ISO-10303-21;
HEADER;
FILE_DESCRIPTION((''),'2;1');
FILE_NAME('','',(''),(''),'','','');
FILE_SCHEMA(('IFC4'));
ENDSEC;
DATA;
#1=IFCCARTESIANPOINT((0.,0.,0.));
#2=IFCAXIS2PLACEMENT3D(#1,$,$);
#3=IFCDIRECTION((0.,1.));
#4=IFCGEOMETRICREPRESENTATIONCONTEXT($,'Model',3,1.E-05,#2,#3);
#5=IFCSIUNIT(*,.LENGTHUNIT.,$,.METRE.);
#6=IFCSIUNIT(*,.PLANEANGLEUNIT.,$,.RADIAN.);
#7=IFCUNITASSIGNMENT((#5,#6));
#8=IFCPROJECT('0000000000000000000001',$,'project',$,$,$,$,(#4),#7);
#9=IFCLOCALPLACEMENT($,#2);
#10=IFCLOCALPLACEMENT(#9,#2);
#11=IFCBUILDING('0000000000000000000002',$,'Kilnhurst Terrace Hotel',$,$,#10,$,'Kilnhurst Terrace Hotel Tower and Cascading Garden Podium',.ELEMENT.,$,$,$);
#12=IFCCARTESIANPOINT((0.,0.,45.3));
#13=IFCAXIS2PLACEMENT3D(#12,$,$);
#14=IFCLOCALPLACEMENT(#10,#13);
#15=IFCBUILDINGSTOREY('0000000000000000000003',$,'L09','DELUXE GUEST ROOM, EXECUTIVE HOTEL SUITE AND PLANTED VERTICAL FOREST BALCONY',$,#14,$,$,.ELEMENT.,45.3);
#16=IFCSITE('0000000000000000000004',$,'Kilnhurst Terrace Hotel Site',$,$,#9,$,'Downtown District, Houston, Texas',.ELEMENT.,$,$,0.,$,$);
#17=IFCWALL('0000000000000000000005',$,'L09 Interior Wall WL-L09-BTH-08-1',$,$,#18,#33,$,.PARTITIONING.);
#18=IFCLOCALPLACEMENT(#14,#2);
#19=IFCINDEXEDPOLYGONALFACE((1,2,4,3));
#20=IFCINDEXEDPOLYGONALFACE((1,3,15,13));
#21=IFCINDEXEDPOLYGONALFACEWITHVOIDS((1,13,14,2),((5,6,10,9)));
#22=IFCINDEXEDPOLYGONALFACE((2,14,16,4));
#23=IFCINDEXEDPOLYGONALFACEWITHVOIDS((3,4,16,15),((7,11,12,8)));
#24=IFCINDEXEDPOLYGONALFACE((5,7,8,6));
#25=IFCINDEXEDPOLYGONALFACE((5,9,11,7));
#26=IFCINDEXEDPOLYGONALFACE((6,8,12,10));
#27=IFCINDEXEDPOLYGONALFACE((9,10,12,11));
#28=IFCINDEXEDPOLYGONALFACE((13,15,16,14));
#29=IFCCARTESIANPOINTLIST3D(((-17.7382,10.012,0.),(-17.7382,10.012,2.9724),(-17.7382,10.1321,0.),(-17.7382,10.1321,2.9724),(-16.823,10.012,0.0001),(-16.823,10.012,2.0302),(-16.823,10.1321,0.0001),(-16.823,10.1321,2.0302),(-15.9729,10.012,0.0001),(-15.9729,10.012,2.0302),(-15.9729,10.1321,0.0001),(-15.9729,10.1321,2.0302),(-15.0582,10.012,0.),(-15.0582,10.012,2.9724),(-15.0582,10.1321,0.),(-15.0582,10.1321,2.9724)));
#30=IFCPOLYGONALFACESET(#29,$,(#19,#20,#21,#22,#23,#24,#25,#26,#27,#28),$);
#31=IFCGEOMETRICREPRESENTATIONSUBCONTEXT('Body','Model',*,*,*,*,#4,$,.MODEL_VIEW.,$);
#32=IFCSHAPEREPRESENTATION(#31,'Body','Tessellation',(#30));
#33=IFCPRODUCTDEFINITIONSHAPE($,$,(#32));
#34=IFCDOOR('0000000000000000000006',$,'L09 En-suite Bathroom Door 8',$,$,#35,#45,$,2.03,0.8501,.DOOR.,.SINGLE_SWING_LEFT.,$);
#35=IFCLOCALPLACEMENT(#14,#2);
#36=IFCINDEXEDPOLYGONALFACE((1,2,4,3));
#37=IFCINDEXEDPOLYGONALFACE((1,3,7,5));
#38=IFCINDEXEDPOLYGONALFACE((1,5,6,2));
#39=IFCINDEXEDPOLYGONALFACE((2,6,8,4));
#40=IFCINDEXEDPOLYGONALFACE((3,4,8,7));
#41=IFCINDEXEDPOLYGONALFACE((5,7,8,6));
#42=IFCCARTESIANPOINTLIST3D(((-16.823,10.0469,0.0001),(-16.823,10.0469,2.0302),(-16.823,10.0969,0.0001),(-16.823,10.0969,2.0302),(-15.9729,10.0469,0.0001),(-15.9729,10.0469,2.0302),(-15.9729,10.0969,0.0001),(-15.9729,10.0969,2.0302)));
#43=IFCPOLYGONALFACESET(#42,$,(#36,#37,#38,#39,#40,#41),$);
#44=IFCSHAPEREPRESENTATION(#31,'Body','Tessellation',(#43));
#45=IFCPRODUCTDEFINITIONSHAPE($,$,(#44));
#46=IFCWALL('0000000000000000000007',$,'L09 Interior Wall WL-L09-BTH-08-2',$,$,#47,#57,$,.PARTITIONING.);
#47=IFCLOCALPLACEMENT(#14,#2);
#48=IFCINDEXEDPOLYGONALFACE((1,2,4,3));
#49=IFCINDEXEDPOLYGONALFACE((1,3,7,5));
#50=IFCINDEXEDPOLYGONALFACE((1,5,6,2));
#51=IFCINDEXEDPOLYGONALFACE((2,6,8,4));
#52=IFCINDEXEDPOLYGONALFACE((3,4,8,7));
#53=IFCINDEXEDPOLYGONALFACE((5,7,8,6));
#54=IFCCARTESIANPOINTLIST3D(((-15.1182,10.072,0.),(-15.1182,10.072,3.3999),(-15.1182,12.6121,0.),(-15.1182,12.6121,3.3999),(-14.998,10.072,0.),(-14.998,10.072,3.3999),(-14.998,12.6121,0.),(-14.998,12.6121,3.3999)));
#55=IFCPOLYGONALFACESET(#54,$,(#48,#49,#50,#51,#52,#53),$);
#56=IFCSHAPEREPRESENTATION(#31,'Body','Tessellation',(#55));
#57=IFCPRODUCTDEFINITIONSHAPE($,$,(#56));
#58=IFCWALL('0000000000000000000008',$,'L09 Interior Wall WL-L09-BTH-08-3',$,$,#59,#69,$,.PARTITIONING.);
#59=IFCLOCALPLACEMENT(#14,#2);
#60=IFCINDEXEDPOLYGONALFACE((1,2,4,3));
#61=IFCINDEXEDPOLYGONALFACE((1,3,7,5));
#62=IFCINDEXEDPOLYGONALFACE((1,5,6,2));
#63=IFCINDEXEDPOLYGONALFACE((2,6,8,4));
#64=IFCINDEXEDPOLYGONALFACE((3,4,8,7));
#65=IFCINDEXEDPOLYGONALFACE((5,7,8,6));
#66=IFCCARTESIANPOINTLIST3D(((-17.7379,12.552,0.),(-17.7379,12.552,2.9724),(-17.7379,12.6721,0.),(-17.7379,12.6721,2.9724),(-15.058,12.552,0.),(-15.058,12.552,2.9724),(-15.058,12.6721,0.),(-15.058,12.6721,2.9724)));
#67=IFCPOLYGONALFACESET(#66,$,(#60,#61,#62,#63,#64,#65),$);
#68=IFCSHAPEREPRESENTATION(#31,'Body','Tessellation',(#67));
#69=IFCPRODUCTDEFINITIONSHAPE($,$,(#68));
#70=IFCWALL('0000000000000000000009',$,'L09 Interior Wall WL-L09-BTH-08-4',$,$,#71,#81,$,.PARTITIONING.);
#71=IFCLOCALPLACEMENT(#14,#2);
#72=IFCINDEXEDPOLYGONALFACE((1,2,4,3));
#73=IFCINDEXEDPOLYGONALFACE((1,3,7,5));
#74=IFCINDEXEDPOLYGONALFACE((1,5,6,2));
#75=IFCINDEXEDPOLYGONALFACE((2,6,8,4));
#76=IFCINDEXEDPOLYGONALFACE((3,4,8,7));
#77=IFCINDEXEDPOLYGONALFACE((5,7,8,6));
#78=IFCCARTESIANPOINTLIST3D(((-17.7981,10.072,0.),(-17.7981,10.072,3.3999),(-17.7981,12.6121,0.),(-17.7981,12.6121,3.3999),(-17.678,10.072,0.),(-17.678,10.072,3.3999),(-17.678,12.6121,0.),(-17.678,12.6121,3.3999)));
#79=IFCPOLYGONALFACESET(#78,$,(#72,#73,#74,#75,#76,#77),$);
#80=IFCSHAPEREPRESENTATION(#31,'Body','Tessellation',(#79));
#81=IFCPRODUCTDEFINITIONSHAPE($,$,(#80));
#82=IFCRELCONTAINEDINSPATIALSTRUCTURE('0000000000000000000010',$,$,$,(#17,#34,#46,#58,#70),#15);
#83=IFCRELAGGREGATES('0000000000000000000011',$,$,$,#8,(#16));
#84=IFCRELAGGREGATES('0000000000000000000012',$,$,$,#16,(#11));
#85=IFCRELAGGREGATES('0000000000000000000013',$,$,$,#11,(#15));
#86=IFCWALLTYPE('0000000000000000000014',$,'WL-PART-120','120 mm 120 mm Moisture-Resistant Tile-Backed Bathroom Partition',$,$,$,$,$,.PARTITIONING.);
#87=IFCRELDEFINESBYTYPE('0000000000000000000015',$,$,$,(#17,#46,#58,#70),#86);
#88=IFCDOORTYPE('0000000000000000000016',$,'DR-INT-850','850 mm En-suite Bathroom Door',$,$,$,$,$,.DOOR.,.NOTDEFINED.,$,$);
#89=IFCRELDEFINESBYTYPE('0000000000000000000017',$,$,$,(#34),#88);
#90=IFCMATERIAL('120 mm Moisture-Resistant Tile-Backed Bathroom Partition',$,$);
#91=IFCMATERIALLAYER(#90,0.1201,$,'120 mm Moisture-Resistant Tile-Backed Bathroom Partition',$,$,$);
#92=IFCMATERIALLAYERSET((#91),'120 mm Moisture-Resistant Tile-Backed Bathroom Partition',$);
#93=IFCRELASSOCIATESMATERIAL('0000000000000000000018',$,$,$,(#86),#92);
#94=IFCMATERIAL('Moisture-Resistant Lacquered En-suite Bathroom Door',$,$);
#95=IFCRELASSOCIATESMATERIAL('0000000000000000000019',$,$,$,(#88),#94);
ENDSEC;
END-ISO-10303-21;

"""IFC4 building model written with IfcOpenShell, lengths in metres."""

from ifc_helpers import new_model, si_unit, direction, frame, frame_2d, origin, place, context, subcontext, project, spatial, rectangle, extrude, material, layer, layer_set, type_object, element, fill, save


model = new_model("IFC4")

# Units and contexts
model_context = context("Model", 3, precision=1e-05, world=origin(), true_north=direction((0.0, 1.0)))
body_context = subcontext(model_context, "Body", "Model", "MODEL_VIEW")
ifc_project = project(units=[si_unit("LENGTHUNIT", "METRE"), si_unit("PLANEANGLEUNIT", "RADIAN")], contexts=[model_context])

# Site, building, storey
site_placement = place(None, origin())
site = spatial("IfcSite", under=ifc_project, at=site_placement, Name="Kilnhurst Terrace Hotel Site", LongName="Downtown District, Houston, Texas", CompositionType="ELEMENT", RefElevation=0.0)
building_placement = place(site_placement, origin())
building = spatial("IfcBuilding", under=site, at=building_placement, Name="Kilnhurst Terrace Hotel", LongName="Kilnhurst Terrace Hotel Tower and Cascading Garden Podium", CompositionType="ELEMENT")
storey_placement = place(building_placement, frame((0.0, 0.0, 45.3)))
storey = spatial("IfcBuildingStorey", under=building, at=storey_placement, Name="L09", Description="DELUXE GUEST ROOM, EXECUTIVE HOTEL SUITE AND PLANTED VERTICAL FOREST BALCONY", CompositionType="ELEMENT", Elevation=45.3)

# Wall, opening, door
ifc_material_1 = material(Name="120 mm Moisture-Resistant Tile-Backed Bathroom Partition")
ifc_layer_1 = layer(ifc_material_1, 0.1201, Name="120 mm Moisture-Resistant Tile-Backed Bathroom Partition")
ifc_layer_set_1 = layer_set([ifc_layer_1], Name="120 mm Moisture-Resistant Tile-Backed Bathroom Partition")
wall_type_1 = type_object("IfcWallType", Name="WL-PART-120", Description="120 mm 120 mm Moisture-Resistant Tile-Backed Bathroom Partition", PredefinedType="PARTITIONING", material=ifc_layer_set_1)
wall_1_placement = place(storey_placement, frame((-17.738, 10.072, 0.0), z_axis=(0.0, 0.0, 1.0), x_axis=(1.0, 0.0, 0.0)))
wall_1 = element("IfcWall", 1, at=wall_1_placement, inside=storey, type_object=wall_type_1, Name="L09 Interior Wall WL-L09-BTH-08-1", PredefinedType="PARTITIONING", context=body_context, shape_type="SweptSolid", body=[
    extrude(rectangle(XDim=2.6799, YDim=0.1201, at=frame_2d((1.3398, 0.0))), origin(), (0.0, 0.0, 1.0), 2.9724),
])
opening_1_placement = place(wall_1_placement, frame((0.915, 0.0, 0.0)))
opening_1 = element("IfcOpeningElement", 2, at=opening_1_placement, cuts=wall_1, PredefinedType="OPENING", context=body_context, shape_type="SweptSolid", body=[
    extrude(rectangle(XDim=0.8501, YDim=2.03, at=frame_2d((0.425, 1.0151))), frame((0.0, 0.0701, 0.0), z_axis=(0.0, -1.0, 0.0), x_axis=(1.0, 0.0, 0.0)), (0.0, 0.0, 1.0), 0.1401),
])
ifc_material_2 = material(Name="Moisture-Resistant Lacquered En-suite Bathroom Door")
door_type_1 = type_object("IfcDoorType", Name="DR-INT-850", Description="850 mm En-suite Bathroom Door", OperationType="NOTDEFINED", PredefinedType="DOOR", material=ifc_material_2)
door_1_placement = place(opening_1_placement, origin())
door_1 = element("IfcDoor", 3, at=door_1_placement, inside=storey, type_object=door_type_1, Name="L09 En-suite Bathroom Door 8", OperationType="SINGLE_SWING_LEFT", OverallHeight=2.03, OverallWidth=0.8501, PredefinedType="DOOR", context=body_context, shape_type="SweptSolid", body=[
    extrude(rectangle(XDim=0.8501, YDim=2.03, at=frame_2d((0.425, 1.0151))), frame((0.0, 0.0249, 0.0), z_axis=(0.0, -1.0, 0.0), x_axis=(1.0, 0.0, 0.0)), (0.0, 0.0, 1.0), 0.05),
])
fill(opening_1, door_1)

# Walls
wall_2_placement = place(storey_placement, frame((-15.0581, 10.072, 0.0), z_axis=(0.0, 0.0, 1.0), x_axis=(0.0, 1.0, 0.0)))
element("IfcWall", 4, at=wall_2_placement, inside=storey, type_object=wall_type_1, Name="L09 Interior Wall WL-L09-BTH-08-2", PredefinedType="PARTITIONING", context=body_context, shape_type="SweptSolid", body=[
    extrude(rectangle(XDim=2.54, YDim=0.1201, at=frame_2d((1.27, 0.0))), origin(), (0.0, 0.0, 1.0), 3.3999),
])
wall_3_placement = place(storey_placement, frame((-15.0581, 12.6121, 0.0), z_axis=(0.0, 0.0, 1.0), x_axis=(-1.0, 0.0, 0.0)))
element("IfcWall", 5, at=wall_3_placement, inside=storey, type_object=wall_type_1, Name="L09 Interior Wall WL-L09-BTH-08-3", PredefinedType="PARTITIONING", context=body_context, shape_type="SweptSolid", body=[
    extrude(rectangle(XDim=2.6799, YDim=0.1201, at=frame_2d((1.3398, 0.0))), origin(), (0.0, 0.0, 1.0), 2.9724),
])
wall_4_placement = place(storey_placement, frame((-17.738, 12.6121, 0.0), z_axis=(0.0, 0.0, 1.0), x_axis=(0.0, -1.0, 0.0)))
element("IfcWall", 6, at=wall_4_placement, inside=storey, type_object=wall_type_1, Name="L09 Interior Wall WL-L09-BTH-08-4", PredefinedType="PARTITIONING", context=body_context, shape_type="SweptSolid", body=[
    extrude(rectangle(XDim=2.54, YDim=0.1201, at=frame_2d((1.27, 0.0))), origin(), (0.0, 0.0, 1.0), 3.3999),
])

save(model, "model.ifc")
